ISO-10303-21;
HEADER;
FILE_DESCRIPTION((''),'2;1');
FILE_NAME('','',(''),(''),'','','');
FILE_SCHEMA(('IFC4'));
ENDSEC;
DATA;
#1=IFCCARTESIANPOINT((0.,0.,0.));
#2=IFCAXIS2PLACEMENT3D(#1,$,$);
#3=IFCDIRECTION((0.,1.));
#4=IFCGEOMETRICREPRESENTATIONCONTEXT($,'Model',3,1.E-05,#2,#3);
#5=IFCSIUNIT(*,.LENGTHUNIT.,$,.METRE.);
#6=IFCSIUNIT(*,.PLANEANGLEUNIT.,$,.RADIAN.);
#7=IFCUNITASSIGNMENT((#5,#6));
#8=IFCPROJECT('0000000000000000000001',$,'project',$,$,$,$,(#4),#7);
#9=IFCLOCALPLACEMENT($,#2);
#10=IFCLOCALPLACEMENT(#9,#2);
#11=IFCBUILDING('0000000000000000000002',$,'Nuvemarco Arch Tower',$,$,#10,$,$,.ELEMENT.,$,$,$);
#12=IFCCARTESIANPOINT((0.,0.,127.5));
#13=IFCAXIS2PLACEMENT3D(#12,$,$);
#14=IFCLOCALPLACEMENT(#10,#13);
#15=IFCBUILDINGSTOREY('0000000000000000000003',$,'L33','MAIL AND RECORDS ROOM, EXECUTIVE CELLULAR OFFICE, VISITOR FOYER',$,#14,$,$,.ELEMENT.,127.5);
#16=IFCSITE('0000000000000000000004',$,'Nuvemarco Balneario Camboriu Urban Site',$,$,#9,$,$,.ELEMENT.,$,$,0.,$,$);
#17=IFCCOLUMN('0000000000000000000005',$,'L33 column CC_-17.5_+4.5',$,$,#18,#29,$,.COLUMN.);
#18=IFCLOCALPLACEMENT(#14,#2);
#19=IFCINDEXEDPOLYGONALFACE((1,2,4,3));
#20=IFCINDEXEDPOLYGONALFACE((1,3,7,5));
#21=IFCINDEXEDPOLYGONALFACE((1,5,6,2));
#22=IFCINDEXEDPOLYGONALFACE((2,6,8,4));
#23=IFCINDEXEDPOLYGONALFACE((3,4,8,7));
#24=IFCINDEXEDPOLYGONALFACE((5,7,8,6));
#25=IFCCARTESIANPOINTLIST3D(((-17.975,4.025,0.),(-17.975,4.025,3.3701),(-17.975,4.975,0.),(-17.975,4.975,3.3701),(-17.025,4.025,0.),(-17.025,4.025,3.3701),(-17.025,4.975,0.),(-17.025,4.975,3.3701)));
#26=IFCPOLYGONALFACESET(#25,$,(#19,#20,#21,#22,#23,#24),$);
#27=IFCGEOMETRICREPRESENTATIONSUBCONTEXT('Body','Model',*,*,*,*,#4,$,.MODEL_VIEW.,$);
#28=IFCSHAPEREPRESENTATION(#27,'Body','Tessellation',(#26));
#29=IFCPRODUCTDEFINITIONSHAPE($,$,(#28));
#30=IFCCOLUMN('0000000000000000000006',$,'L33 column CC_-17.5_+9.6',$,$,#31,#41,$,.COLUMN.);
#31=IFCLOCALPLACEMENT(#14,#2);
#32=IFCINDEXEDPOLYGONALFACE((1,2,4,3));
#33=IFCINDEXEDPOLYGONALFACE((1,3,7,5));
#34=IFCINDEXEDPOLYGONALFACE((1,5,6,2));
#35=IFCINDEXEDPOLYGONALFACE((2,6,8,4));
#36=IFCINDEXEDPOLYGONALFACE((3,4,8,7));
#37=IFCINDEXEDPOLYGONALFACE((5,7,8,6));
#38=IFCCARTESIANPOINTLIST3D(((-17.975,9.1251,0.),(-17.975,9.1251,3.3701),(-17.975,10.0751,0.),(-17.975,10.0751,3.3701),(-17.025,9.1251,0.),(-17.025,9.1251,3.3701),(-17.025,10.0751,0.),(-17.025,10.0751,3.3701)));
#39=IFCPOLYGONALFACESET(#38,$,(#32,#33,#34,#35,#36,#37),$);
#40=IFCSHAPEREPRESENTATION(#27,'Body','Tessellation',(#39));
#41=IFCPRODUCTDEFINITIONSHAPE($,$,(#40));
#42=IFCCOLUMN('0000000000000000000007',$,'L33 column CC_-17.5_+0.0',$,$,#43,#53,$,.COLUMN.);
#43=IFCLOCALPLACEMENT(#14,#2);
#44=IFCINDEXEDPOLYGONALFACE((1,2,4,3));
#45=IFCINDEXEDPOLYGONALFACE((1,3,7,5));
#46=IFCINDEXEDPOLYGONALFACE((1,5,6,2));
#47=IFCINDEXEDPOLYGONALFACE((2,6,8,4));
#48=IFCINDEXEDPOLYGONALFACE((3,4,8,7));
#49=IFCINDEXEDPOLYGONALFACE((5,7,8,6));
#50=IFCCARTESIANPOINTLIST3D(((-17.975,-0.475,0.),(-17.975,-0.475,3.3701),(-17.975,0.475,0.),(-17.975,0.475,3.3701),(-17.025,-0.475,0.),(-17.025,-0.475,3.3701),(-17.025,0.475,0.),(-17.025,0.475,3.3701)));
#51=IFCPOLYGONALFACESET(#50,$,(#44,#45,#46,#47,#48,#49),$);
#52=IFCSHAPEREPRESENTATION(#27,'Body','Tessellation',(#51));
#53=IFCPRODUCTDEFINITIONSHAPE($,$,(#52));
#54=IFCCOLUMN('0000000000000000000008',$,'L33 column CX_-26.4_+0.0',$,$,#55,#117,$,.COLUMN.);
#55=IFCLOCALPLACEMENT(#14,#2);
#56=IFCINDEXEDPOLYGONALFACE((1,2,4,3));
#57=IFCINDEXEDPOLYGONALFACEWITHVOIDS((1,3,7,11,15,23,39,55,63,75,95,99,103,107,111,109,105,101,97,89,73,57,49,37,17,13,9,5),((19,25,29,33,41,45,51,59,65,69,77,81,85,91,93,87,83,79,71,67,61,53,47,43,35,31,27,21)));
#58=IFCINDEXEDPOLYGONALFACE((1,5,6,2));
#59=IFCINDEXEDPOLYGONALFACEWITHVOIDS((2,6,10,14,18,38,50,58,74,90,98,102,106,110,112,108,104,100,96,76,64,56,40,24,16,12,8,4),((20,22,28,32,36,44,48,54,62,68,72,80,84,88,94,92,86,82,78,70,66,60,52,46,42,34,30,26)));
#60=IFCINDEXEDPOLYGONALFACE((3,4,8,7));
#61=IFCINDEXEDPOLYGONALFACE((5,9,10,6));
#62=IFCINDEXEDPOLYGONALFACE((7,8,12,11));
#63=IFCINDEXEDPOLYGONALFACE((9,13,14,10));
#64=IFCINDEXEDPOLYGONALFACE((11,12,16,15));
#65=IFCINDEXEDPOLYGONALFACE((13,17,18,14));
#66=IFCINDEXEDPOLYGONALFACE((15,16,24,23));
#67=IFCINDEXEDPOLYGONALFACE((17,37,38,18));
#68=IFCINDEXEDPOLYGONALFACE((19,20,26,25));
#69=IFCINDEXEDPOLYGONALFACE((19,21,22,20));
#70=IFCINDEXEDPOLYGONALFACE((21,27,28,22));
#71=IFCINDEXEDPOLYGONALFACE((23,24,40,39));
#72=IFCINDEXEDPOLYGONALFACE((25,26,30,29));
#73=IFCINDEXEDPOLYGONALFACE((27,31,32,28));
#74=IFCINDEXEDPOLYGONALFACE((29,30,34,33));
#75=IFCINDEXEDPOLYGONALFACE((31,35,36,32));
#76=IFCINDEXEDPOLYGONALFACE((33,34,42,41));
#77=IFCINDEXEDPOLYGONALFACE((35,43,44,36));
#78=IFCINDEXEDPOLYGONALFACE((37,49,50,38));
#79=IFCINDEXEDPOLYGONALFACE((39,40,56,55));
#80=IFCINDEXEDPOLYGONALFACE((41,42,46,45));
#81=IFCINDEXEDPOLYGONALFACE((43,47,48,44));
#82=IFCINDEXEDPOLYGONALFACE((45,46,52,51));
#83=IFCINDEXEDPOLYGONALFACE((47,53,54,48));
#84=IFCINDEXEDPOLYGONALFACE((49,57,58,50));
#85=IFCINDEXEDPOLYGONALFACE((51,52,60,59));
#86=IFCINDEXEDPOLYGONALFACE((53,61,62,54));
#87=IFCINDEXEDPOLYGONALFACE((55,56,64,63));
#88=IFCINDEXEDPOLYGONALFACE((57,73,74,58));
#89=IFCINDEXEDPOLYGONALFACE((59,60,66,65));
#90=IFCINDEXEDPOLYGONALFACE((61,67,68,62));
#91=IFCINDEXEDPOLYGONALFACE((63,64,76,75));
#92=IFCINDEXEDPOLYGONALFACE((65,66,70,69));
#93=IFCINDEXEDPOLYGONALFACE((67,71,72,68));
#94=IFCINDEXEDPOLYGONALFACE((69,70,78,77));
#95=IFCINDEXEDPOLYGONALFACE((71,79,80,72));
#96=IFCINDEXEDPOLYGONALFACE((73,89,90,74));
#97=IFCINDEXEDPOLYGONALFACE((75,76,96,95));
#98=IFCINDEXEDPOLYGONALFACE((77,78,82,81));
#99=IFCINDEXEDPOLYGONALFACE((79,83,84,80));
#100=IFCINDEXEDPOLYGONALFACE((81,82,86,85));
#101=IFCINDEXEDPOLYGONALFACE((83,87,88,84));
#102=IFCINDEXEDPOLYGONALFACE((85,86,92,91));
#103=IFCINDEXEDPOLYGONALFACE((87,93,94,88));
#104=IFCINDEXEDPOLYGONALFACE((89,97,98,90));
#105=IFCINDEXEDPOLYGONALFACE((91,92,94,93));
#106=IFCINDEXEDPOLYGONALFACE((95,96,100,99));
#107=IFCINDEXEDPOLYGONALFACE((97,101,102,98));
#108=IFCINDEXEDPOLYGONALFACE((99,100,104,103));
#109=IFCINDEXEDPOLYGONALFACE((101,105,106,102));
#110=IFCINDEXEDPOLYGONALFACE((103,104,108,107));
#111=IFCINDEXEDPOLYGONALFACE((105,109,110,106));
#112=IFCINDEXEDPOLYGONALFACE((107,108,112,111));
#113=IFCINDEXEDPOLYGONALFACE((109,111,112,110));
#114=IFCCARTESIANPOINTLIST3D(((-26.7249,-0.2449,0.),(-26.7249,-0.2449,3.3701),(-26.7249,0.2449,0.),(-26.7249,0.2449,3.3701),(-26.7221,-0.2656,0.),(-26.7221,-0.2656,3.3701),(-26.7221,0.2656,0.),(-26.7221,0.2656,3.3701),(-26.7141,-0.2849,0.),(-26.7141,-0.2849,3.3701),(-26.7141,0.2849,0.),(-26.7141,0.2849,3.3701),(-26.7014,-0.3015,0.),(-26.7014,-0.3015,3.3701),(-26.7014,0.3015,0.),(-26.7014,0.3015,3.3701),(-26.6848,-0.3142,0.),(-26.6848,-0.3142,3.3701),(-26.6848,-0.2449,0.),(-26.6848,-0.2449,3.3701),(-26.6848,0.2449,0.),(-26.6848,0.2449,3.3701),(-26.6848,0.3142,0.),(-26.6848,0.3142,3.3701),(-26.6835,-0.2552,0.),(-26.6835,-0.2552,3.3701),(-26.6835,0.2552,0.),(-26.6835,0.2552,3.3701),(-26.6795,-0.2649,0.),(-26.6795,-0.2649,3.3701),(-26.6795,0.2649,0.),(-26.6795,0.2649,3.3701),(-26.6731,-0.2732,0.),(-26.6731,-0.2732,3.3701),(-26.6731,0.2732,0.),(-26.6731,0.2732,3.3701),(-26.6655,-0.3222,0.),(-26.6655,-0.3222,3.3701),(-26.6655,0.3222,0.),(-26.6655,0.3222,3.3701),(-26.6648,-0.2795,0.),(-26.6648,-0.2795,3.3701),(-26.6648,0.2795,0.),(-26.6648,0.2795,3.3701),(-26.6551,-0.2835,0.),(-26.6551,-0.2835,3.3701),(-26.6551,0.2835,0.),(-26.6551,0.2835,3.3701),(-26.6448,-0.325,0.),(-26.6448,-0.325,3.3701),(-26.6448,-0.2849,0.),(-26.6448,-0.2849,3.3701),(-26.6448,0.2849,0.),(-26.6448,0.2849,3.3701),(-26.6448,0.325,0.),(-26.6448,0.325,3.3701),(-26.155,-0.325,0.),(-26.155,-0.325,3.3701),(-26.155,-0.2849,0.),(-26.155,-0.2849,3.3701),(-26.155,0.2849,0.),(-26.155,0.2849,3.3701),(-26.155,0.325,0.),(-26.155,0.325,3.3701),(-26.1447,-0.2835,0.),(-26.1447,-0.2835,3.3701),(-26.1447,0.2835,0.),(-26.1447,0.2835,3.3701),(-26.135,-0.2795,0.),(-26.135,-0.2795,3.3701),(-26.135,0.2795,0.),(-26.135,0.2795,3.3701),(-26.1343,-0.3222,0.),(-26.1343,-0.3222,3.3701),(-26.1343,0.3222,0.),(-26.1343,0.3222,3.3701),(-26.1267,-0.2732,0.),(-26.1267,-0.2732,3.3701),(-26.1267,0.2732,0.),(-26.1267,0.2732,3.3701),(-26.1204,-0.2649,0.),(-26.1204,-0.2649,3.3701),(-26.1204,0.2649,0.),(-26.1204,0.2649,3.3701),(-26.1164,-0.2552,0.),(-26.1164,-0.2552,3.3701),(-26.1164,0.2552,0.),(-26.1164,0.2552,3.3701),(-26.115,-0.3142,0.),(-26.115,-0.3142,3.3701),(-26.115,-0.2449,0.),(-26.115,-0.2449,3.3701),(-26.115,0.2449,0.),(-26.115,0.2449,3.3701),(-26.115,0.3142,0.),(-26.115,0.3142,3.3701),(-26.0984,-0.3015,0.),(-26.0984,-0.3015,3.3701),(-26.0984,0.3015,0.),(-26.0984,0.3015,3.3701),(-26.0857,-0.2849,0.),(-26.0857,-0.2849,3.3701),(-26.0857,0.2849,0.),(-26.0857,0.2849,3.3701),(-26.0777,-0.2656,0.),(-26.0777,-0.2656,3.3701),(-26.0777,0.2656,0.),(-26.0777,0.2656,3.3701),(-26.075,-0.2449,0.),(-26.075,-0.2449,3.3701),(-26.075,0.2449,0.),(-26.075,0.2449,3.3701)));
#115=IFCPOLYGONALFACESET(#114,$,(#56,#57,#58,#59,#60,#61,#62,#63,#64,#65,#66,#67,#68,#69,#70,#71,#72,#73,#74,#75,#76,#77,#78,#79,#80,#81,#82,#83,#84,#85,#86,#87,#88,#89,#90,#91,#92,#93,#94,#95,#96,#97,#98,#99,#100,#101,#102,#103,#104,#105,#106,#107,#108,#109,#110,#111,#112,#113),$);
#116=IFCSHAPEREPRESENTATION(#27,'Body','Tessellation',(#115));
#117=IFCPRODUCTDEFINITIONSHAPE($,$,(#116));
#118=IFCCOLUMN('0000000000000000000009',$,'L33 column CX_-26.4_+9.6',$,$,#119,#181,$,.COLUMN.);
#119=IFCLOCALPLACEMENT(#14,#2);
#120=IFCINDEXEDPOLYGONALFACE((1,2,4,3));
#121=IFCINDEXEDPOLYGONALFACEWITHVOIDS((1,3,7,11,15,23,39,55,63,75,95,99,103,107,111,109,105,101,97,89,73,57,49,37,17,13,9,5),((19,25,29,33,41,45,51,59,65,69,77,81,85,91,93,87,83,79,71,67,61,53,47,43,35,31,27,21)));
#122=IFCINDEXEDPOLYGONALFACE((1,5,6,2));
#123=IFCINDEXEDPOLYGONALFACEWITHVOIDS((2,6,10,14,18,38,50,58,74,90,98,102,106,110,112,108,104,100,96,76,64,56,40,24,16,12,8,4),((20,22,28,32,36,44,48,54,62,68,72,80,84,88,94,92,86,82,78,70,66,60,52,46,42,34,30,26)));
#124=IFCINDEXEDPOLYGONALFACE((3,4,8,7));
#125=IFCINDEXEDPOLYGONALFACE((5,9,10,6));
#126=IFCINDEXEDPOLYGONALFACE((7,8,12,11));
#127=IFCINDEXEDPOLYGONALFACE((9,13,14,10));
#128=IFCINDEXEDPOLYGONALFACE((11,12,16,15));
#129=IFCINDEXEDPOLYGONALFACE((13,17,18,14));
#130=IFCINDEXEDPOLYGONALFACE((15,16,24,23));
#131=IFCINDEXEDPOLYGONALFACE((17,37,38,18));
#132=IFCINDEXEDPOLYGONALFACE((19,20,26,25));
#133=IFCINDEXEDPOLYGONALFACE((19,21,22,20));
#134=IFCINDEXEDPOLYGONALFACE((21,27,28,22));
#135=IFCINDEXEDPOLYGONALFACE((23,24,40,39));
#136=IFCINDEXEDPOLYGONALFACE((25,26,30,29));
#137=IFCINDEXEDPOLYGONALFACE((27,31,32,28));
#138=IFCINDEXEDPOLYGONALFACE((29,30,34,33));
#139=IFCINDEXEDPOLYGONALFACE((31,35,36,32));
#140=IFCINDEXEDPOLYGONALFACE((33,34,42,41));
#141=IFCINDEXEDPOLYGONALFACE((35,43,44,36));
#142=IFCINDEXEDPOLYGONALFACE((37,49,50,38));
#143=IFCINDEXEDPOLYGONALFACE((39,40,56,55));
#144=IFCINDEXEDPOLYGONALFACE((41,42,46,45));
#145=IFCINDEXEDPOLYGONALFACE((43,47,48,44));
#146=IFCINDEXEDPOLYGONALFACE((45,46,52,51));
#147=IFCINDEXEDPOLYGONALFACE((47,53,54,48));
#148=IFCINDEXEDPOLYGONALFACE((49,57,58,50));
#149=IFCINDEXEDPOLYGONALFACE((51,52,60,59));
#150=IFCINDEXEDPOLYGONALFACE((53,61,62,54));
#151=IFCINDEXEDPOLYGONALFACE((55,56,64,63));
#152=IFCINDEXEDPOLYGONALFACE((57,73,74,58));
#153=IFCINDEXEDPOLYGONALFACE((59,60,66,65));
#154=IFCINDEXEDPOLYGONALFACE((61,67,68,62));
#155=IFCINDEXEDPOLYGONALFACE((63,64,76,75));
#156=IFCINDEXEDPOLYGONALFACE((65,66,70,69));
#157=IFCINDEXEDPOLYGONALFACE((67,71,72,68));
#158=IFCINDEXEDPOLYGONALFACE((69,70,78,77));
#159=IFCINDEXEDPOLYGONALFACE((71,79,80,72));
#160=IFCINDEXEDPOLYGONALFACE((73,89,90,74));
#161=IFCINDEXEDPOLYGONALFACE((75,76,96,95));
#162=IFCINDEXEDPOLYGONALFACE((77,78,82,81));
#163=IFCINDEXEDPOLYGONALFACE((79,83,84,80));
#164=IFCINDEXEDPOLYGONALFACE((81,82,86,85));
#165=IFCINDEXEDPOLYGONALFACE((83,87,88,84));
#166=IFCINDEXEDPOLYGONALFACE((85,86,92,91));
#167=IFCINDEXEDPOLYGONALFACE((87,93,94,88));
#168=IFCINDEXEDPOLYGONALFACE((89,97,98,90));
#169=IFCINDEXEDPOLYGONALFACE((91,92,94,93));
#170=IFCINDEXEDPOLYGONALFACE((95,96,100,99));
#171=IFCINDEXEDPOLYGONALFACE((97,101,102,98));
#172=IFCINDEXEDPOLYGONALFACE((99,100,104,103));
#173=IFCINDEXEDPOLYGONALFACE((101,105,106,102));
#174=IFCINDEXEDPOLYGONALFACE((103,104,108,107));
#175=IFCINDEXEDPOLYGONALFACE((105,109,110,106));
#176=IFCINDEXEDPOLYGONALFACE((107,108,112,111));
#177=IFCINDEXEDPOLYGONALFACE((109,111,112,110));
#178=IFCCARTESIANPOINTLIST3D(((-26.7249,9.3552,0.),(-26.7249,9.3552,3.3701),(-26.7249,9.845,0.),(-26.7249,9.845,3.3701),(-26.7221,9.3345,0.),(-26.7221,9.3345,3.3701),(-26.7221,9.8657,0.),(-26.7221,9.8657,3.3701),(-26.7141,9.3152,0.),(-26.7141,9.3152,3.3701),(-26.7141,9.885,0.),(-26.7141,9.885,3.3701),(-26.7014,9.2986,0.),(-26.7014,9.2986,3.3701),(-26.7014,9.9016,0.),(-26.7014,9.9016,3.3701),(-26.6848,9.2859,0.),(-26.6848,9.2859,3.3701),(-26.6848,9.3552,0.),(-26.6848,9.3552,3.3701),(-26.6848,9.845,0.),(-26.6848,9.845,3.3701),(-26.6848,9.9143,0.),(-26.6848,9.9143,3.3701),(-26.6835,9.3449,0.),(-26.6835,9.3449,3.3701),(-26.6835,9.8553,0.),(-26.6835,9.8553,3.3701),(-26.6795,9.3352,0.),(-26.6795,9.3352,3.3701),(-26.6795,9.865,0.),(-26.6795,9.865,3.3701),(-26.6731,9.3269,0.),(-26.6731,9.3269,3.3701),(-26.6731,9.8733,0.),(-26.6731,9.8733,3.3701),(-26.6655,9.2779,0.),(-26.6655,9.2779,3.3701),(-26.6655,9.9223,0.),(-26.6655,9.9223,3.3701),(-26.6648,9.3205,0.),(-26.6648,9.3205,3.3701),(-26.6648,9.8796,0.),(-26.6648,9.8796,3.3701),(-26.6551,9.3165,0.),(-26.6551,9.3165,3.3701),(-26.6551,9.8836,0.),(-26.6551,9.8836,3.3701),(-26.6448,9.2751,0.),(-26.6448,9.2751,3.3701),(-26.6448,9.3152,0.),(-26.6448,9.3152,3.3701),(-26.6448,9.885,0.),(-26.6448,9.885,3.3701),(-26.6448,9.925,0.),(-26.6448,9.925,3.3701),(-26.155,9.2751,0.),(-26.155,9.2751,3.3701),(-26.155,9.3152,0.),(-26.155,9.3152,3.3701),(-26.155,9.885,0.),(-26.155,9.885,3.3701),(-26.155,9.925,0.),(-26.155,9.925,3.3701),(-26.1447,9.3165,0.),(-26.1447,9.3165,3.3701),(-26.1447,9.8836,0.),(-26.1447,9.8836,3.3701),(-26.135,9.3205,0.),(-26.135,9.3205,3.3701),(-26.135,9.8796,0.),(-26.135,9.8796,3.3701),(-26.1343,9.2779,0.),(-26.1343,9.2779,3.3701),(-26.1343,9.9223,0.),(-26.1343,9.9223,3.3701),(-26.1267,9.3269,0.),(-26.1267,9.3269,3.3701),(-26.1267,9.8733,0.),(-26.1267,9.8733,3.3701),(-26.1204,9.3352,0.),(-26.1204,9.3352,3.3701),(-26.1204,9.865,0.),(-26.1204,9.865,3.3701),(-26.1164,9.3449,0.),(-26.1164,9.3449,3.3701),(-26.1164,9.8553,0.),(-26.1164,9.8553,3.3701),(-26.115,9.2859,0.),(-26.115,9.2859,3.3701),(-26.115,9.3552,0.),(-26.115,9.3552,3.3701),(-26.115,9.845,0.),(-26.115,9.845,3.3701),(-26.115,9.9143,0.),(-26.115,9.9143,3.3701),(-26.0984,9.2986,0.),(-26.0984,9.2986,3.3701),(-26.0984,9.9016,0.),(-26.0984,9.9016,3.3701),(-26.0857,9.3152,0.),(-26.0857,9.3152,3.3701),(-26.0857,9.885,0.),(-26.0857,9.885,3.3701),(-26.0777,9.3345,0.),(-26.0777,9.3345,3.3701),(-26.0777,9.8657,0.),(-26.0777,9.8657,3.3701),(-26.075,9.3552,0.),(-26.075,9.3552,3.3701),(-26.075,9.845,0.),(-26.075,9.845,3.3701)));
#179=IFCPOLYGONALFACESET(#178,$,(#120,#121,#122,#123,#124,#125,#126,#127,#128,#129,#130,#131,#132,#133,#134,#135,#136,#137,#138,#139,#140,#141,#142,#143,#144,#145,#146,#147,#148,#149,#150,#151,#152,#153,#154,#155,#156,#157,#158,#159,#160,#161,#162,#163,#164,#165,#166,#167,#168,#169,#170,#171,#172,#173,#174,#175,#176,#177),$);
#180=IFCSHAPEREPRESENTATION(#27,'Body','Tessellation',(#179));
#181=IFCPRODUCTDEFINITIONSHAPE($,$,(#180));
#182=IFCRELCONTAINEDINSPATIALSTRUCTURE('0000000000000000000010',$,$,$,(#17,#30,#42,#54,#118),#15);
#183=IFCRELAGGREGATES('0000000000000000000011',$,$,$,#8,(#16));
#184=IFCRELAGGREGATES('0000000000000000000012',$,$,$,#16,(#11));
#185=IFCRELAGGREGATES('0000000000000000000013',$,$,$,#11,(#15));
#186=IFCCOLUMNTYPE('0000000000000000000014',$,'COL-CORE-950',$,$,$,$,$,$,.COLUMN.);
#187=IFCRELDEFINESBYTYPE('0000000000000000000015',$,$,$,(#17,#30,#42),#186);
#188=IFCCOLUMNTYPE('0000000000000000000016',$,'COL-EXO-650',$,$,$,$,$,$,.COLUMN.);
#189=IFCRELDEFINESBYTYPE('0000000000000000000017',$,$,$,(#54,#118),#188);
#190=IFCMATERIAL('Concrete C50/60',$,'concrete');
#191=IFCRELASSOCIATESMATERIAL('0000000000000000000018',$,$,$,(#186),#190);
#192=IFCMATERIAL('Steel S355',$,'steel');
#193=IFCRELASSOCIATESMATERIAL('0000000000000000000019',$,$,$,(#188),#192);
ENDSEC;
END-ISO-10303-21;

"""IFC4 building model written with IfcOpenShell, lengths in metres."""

from ifc_helpers import new_model, si_unit, direction, frame, origin, origin_2d, place, context, subcontext, project, spatial, rectangle, hollow_rectangle, extrude, material, material_profile, profile_set, type_object, element, save


model = new_model("IFC4")

# Units and contexts
model_context = context("Model", 3, precision=1e-05, world=origin(), true_north=direction((0.0, 1.0)))
body_context = subcontext(model_context, "Body", "Model", "MODEL_VIEW")
ifc_project = project(units=[si_unit("LENGTHUNIT", "METRE"), si_unit("PLANEANGLEUNIT", "RADIAN")], contexts=[model_context])

# Site, building, storey
site_placement = place(None, origin())
site = spatial("IfcSite", under=ifc_project, at=site_placement, Name="Nuvemarco Balneario Camboriu Urban Site", CompositionType="ELEMENT", RefElevation=0.0)
building_placement = place(site_placement, origin())
building = spatial("IfcBuilding", under=site, at=building_placement, Name="Nuvemarco Arch Tower", CompositionType="ELEMENT")
storey_placement = place(building_placement, frame((0.0, 0.0, 127.5)))
storey = spatial("IfcBuildingStorey", under=building, at=storey_placement, Name="L33", Description="MAIL AND RECORDS ROOM, EXECUTIVE CELLULAR OFFICE, VISITOR FOYER", CompositionType="ELEMENT", Elevation=127.5)

# Columns
ifc_material_1 = material(Name="Concrete C50/60", Category="concrete")
ifc_material_profile_1 = material_profile(ifc_material_1, rectangle(XDim=0.95, YDim=0.95, at=origin_2d()), Name="RC-COL-950x950")
ifc_profile_set_1 = profile_set([ifc_material_profile_1], Name="Concrete C50/60")
column_type_1 = type_object("IfcColumnType", Name="COL-CORE-950", PredefinedType="COLUMN", material=ifc_profile_set_1)
for number, where, z_axis, x_axis, name in (
    (1, (-17.5, 4.5, 0.0), (0.0, 0.0, 1.0), (1.0, 0.0, 0.0), "L33 column CC_-17.5_+4.5"),
    (2, (-17.5, 9.6001, 0.0), (0.0, 0.0, 1.0), (1.0, 0.0, 0.0), "L33 column CC_-17.5_+9.6"),
    (3, (-17.5, 0.0, 0.0), (0.0, 0.0, 1.0), (1.0, 0.0, 0.0), "L33 column CC_-17.5_+0.0"),
):
    element("IfcColumn", number, at=place(storey_placement, frame(where, z_axis=z_axis, x_axis=x_axis)), inside=storey, type_object=column_type_1, Name=name, PredefinedType="COLUMN", context=body_context, shape_type="SweptSolid", body=[
        extrude(rectangle(XDim=0.95, YDim=0.95, at=origin_2d()), origin(), (0.0, 0.0, 1.0), 3.3701),
    ])
ifc_material_2 = material(Name="Steel S355", Category="steel")
ifc_material_profile_2 = material_profile(ifc_material_2, hollow_rectangle(XDim=0.6499, YDim=0.6499, WallThickness=0.04, InnerFilletRadius=0.04, OuterFilletRadius=0.0801, at=origin_2d()), Name="SHS650x650x40")
ifc_profile_set_2 = profile_set([ifc_material_profile_2], Name="Steel S355")
column_type_2 = type_object("IfcColumnType", Name="COL-EXO-650", PredefinedType="COLUMN", material=ifc_profile_set_2)
for number, where, z_axis, x_axis, name in (
    (4, (-26.3999, 0.0, 0.0), (0.0, 0.0, 1.0), (1.0, 0.0, 0.0), "L33 column CX_-26.4_+0.0"),
    (5, (-26.3999, 9.6001, 0.0), (0.0, 0.0, 1.0), (1.0, 0.0, 0.0), "L33 column CX_-26.4_+9.6"),
):
    element("IfcColumn", number, at=place(storey_placement, frame(where, z_axis=z_axis, x_axis=x_axis)), inside=storey, type_object=column_type_2, Name=name, PredefinedType="COLUMN", context=body_context, shape_type="SweptSolid", body=[
        extrude(hollow_rectangle(XDim=0.6499, YDim=0.6499, WallThickness=0.04, InnerFilletRadius=0.04, OuterFilletRadius=0.0801, at=origin_2d()), origin(), (0.0, 0.0, 1.0), 3.3701),
    ])

save(model, "model.ifc")
